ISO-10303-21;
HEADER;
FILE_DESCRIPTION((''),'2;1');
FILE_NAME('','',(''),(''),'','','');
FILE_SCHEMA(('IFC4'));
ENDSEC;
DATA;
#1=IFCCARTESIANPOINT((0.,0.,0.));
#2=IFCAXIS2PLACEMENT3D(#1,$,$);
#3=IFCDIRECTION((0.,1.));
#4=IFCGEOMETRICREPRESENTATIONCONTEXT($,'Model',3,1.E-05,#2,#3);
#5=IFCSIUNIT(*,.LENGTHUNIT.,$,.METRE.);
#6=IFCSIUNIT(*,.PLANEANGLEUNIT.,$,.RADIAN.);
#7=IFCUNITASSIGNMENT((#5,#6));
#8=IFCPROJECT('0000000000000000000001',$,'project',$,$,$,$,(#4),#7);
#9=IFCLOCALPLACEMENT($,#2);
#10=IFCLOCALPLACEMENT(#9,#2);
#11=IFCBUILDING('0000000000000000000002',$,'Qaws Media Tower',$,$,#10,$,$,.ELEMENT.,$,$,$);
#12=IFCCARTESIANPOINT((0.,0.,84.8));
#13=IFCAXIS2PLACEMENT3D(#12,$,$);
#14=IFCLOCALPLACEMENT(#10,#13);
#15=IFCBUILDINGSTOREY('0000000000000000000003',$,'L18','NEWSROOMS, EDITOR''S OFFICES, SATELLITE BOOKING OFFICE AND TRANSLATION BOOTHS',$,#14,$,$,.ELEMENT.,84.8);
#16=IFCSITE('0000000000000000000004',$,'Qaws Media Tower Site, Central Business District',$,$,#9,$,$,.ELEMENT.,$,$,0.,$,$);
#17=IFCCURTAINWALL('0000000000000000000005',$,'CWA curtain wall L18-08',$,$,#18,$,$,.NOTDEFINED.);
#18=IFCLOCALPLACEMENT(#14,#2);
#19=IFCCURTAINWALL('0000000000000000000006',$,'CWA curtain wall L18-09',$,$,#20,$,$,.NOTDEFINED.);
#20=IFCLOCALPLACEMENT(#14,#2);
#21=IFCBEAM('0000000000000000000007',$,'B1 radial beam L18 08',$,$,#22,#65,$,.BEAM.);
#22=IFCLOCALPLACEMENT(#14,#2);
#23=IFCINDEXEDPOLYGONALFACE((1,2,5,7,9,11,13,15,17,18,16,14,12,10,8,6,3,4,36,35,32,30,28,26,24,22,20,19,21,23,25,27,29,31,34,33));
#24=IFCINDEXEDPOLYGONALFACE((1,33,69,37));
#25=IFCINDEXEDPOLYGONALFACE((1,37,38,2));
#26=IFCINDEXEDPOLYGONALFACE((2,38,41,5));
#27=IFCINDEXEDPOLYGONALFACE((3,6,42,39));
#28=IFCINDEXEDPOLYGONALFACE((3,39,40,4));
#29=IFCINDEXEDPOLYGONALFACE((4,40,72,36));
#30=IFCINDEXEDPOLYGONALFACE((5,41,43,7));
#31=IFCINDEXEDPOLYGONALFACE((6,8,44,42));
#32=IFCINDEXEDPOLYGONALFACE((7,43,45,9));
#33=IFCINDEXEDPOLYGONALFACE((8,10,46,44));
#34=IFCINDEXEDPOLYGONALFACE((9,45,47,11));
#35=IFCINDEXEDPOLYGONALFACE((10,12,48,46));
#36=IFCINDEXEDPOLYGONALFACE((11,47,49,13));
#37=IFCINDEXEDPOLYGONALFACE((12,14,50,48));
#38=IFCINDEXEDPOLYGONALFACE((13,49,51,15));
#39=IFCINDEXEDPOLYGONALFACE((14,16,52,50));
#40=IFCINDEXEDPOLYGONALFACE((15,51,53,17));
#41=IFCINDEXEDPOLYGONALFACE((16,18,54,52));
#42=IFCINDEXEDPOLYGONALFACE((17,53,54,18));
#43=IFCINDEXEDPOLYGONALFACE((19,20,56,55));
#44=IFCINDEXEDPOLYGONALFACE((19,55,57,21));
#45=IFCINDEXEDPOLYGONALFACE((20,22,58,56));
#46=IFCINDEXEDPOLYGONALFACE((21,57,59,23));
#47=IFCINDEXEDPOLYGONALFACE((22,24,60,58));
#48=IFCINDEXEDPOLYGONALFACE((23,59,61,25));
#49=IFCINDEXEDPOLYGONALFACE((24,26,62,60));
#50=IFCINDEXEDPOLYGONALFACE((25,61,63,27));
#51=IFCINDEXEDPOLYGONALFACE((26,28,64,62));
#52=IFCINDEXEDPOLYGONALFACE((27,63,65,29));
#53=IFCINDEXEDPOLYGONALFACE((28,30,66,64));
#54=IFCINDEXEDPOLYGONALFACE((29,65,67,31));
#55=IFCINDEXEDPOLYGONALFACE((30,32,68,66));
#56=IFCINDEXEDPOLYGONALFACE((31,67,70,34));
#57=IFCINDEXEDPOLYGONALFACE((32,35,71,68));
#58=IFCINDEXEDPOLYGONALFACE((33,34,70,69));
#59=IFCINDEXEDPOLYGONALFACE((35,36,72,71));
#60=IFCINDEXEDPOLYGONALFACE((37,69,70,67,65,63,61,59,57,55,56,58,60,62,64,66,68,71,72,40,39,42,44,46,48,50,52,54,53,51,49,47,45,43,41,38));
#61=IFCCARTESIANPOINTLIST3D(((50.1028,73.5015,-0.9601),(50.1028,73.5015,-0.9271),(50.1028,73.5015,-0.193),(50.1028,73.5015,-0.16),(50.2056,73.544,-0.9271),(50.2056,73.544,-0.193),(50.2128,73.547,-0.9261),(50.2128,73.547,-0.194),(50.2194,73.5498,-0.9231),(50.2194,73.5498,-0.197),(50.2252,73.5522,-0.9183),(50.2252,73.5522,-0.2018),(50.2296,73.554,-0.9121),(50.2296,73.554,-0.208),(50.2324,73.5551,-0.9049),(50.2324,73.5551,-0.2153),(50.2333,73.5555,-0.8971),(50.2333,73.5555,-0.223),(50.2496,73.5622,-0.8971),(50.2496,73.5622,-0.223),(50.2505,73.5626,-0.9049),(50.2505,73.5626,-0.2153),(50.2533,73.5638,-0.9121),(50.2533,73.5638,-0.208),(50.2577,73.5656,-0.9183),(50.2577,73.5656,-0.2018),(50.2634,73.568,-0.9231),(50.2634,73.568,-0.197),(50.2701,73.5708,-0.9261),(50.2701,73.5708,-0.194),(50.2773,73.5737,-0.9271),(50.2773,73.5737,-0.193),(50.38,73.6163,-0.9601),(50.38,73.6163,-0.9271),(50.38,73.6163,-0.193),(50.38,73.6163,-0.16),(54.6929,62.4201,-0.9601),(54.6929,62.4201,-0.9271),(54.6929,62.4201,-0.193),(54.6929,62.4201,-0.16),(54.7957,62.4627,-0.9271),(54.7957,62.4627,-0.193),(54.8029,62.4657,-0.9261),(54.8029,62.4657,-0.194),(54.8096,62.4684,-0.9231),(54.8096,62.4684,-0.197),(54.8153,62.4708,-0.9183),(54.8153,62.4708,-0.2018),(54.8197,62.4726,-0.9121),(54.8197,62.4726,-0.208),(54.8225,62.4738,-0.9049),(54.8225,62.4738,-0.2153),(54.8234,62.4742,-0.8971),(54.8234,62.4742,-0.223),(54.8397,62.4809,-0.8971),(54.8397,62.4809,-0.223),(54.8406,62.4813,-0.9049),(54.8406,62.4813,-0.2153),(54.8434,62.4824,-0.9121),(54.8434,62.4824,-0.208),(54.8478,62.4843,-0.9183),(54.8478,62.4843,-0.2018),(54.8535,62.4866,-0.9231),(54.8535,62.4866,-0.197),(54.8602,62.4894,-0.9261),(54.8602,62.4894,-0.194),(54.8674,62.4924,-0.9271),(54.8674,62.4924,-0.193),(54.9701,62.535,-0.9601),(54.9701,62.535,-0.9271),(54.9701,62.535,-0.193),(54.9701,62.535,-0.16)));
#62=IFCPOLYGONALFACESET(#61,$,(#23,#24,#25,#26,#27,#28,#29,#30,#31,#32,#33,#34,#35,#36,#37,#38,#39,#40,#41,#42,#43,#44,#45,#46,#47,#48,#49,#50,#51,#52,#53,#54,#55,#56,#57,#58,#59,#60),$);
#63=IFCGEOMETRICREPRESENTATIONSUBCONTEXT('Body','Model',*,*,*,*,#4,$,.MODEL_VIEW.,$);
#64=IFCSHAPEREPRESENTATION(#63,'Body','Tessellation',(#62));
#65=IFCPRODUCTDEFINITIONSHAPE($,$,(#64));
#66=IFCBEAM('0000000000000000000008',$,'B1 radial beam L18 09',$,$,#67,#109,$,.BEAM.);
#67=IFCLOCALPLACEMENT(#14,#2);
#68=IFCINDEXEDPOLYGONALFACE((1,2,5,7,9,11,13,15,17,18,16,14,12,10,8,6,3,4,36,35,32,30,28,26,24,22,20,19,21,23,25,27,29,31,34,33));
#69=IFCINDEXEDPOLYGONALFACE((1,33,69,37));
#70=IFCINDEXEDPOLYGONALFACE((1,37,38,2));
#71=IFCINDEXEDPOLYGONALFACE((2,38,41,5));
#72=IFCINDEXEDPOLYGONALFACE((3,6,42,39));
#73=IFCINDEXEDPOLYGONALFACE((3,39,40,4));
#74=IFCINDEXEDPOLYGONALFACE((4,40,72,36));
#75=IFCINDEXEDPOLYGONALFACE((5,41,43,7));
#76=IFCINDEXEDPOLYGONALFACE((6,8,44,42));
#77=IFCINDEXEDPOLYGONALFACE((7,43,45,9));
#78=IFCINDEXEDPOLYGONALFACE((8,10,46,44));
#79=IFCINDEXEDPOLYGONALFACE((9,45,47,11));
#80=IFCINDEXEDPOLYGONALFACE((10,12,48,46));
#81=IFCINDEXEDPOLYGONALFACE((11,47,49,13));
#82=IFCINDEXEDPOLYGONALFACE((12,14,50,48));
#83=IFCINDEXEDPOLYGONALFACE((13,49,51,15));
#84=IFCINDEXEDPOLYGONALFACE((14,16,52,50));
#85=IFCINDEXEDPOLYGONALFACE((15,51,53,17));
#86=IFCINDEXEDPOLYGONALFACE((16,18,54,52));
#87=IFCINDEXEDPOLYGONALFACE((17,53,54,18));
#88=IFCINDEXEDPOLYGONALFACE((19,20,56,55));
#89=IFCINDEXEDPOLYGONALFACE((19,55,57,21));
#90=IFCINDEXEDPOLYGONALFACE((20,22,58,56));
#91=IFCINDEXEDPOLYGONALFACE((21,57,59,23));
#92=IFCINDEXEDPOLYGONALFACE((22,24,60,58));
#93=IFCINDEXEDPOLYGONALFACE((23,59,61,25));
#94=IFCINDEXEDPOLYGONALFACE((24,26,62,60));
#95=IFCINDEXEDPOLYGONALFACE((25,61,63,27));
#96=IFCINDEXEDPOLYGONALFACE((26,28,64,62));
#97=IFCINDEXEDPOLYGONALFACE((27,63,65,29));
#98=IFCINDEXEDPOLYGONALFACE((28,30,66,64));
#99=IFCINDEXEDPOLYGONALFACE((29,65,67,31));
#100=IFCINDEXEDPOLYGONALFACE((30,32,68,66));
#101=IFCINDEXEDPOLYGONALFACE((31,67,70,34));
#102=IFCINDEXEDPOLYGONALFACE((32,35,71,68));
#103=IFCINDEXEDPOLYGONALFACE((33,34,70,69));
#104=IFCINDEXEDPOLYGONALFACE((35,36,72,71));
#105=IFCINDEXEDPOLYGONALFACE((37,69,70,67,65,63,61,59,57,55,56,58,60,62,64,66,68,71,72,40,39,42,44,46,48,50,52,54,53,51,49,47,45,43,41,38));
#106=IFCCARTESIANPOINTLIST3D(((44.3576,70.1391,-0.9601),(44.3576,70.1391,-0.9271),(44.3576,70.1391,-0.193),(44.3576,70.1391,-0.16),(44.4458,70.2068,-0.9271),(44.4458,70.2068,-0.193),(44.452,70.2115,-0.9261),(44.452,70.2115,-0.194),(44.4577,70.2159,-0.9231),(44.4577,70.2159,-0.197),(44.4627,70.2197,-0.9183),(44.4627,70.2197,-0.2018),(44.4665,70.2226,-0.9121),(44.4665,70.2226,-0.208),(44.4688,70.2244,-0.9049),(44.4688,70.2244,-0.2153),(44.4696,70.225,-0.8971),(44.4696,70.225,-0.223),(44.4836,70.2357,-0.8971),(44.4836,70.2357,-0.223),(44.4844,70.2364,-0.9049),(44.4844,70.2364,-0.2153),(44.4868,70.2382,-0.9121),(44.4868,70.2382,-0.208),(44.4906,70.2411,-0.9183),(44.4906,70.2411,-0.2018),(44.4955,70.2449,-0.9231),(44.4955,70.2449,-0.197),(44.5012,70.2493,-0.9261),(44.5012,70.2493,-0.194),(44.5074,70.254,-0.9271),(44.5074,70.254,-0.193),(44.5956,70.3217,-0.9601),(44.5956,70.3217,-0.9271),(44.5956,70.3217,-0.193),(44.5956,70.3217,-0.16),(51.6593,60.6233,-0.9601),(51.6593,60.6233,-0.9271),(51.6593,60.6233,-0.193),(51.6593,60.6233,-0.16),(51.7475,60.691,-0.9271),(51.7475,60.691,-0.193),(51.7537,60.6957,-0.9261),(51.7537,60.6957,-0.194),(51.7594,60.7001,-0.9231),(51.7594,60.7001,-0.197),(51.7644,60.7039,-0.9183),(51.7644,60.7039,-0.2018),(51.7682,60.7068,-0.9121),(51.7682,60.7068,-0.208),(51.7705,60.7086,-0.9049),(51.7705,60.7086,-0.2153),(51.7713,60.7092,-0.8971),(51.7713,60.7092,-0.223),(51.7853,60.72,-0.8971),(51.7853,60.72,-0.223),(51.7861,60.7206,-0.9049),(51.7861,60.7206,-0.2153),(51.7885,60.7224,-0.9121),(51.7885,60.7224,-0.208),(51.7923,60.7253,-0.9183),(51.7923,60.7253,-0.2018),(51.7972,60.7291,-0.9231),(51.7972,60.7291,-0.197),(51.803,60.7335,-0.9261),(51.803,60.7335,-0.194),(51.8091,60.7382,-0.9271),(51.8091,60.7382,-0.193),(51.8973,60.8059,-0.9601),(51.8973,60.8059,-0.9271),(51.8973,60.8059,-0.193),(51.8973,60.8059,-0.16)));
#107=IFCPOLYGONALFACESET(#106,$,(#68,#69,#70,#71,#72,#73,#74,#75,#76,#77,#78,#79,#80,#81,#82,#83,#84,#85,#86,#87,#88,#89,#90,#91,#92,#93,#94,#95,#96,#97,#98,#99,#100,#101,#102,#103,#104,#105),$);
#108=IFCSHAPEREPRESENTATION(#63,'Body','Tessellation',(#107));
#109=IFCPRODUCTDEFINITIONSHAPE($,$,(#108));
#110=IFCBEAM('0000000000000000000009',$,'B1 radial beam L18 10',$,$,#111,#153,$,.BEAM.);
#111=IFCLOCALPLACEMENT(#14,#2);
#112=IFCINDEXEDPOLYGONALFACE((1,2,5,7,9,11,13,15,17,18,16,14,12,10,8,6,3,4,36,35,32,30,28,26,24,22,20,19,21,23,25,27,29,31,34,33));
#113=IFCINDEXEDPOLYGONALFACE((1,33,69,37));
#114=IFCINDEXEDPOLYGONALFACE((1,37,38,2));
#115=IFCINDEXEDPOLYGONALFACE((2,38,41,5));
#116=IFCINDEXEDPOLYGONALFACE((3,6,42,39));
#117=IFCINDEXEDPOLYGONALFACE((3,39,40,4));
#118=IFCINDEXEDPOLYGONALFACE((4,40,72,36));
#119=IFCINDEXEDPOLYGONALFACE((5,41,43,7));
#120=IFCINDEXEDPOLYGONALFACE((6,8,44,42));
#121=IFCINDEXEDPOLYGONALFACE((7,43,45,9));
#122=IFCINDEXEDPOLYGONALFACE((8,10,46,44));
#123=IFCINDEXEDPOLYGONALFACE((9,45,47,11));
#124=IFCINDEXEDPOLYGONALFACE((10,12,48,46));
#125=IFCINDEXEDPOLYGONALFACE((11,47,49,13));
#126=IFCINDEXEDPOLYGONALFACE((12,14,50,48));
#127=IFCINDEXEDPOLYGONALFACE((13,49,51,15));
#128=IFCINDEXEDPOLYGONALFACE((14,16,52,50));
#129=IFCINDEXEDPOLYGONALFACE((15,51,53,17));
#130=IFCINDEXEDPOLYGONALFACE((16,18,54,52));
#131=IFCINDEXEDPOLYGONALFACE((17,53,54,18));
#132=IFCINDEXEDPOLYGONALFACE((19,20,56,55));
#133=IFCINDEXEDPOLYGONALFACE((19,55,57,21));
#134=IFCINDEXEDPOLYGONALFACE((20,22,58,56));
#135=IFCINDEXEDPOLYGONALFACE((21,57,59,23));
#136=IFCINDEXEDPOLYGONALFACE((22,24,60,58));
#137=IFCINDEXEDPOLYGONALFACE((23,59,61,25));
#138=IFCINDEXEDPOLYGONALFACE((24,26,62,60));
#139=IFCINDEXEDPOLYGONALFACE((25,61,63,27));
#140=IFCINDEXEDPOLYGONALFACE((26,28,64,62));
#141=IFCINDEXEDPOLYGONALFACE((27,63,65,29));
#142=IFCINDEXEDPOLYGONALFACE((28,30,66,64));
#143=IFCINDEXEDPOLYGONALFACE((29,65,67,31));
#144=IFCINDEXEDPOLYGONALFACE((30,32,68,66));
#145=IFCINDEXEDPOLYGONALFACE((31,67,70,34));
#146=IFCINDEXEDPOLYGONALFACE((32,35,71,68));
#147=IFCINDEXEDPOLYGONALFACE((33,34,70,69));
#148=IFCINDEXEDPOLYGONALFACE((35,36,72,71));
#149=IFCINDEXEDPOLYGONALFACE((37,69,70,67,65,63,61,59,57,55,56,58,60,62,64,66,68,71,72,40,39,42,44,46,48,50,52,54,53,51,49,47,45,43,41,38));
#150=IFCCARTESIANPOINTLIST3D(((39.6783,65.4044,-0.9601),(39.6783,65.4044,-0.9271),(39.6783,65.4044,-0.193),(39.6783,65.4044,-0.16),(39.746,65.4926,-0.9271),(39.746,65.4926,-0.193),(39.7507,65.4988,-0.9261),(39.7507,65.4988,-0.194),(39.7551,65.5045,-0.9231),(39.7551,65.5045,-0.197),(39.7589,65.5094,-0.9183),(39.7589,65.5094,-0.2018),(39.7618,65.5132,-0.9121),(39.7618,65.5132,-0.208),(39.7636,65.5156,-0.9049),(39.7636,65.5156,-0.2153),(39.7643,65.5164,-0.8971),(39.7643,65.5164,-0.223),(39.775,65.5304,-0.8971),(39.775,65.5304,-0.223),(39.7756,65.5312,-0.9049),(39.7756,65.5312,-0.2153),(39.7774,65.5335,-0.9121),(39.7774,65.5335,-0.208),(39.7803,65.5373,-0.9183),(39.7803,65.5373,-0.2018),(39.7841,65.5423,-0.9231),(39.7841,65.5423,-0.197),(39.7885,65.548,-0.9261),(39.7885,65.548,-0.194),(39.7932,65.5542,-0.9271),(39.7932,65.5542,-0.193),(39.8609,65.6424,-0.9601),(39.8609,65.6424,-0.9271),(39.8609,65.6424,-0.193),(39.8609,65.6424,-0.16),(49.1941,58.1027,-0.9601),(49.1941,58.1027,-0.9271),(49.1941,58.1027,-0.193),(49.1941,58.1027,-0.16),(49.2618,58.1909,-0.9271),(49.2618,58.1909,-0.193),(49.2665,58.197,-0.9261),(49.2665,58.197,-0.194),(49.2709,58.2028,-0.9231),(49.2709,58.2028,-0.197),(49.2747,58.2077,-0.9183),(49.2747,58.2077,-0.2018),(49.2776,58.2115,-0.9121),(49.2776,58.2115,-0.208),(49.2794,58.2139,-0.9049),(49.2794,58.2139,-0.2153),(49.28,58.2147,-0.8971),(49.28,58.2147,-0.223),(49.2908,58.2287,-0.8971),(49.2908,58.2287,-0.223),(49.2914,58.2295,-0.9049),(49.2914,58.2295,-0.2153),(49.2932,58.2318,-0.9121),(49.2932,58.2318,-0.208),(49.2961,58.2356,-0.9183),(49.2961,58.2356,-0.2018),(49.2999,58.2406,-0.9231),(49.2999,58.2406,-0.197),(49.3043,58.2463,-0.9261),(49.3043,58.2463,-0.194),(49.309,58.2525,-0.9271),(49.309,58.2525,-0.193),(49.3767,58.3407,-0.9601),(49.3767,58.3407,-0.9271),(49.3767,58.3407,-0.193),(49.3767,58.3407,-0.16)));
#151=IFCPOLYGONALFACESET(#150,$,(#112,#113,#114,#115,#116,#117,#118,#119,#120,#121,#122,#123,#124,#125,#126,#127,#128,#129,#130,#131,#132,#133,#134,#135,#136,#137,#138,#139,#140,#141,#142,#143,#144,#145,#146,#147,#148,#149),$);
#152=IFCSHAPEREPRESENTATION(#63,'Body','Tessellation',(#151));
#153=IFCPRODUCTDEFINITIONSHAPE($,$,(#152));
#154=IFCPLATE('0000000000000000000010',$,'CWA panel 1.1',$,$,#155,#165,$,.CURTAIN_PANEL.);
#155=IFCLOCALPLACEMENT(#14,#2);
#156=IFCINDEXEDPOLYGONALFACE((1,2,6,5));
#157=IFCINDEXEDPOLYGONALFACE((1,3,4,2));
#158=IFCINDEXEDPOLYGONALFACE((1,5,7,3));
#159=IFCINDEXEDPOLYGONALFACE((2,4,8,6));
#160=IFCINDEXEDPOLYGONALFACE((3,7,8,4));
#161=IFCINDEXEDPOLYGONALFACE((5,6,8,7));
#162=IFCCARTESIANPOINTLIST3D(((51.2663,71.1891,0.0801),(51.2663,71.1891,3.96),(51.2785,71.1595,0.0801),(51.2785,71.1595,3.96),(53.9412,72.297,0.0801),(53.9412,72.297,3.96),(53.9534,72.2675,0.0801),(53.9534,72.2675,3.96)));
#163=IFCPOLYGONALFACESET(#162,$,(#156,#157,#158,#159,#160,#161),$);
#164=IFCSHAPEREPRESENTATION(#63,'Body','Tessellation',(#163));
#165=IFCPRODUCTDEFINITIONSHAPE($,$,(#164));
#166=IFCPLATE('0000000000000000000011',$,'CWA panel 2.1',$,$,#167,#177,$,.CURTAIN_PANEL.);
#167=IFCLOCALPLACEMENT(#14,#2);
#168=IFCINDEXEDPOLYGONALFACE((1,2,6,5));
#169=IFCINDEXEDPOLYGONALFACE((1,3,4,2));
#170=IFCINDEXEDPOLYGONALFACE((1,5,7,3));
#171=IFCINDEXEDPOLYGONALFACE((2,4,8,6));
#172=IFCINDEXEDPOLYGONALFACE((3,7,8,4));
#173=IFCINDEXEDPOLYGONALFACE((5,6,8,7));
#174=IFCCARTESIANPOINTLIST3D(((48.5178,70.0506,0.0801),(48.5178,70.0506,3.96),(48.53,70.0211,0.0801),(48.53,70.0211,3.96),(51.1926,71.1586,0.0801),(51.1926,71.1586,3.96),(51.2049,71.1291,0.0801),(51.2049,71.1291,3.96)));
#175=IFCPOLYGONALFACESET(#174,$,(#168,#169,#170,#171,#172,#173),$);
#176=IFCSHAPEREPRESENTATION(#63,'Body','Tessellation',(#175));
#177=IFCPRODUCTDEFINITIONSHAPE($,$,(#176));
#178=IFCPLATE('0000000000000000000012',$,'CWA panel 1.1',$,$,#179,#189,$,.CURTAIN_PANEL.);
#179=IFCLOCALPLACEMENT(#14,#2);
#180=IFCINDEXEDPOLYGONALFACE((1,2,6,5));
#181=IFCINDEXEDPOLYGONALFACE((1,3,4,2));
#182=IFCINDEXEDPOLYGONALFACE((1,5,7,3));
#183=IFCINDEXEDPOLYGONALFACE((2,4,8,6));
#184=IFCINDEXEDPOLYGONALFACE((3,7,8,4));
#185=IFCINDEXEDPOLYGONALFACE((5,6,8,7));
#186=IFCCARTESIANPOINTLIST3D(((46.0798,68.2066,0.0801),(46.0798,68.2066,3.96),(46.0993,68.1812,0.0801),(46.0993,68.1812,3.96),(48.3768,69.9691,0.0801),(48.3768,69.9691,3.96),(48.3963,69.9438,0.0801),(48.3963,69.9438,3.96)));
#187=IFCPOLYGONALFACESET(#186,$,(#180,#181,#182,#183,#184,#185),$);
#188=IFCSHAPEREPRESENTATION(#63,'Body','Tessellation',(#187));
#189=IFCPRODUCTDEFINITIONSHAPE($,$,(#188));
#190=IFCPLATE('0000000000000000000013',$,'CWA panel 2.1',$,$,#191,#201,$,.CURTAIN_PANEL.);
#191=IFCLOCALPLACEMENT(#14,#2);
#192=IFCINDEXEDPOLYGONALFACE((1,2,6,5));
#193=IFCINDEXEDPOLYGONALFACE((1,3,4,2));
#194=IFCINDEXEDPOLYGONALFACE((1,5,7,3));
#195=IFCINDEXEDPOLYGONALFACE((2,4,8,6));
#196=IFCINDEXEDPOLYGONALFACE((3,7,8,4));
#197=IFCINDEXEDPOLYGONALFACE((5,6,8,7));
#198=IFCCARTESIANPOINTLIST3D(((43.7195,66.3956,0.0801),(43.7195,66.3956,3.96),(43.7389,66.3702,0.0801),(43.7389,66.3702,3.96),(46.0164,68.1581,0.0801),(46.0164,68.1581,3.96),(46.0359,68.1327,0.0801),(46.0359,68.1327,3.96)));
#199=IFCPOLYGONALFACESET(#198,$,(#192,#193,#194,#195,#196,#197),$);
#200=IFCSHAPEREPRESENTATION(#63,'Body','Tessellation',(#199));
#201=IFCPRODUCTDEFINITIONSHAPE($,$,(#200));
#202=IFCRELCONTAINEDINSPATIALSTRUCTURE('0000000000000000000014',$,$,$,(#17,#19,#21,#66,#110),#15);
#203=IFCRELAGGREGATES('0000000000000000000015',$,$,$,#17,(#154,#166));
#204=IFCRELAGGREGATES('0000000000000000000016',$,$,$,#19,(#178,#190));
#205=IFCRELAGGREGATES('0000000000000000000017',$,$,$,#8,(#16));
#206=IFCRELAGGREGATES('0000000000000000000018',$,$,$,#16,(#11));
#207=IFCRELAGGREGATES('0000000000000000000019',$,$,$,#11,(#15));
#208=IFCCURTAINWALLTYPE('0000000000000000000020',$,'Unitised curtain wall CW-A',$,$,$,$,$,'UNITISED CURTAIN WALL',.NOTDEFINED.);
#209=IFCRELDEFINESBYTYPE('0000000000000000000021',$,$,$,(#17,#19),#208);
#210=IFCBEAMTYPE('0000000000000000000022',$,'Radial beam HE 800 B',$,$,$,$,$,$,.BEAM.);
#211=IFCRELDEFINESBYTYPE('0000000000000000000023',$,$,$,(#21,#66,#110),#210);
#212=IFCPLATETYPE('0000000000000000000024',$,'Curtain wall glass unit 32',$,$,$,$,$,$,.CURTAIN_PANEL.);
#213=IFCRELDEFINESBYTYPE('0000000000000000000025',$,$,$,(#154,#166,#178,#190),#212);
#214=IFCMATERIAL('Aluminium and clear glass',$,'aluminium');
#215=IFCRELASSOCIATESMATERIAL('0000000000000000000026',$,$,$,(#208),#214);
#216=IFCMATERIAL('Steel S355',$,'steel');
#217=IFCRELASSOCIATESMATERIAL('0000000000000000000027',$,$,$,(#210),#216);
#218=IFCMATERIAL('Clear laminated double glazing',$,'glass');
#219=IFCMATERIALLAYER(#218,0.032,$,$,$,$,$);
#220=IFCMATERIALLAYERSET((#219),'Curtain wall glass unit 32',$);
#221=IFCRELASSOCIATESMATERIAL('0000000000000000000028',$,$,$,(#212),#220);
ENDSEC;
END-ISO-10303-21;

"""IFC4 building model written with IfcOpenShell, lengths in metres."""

from ifc_helpers import new_model, si_unit, direction, frame, origin, origin_2d, place, context, subcontext, project, spatial, rectangle, i_section, extrude, material, layer, layer_set, material_profile, profile_set, type_object, element, aggregate, save


model = new_model("IFC4")

# Units and contexts
model_context = context("Model", 3, precision=1e-05, world=origin(), true_north=direction((0.0, 1.0)))
body_context = subcontext(model_context, "Body", "Model", "MODEL_VIEW")
ifc_project = project(units=[si_unit("LENGTHUNIT", "METRE"), si_unit("PLANEANGLEUNIT", "RADIAN")], contexts=[model_context])

# Site, building, storey
site_placement = place(None, origin())
site = spatial("IfcSite", under=ifc_project, at=site_placement, Name="Qaws Media Tower Site, Central Business District", CompositionType="ELEMENT", RefElevation=0.0)
building_placement = place(site_placement, origin())
building = spatial("IfcBuilding", under=site, at=building_placement, Name="Qaws Media Tower", CompositionType="ELEMENT")
storey_placement = place(building_placement, frame((0.0, 0.0, 84.8)))
storey = spatial("IfcBuildingStorey", under=building, at=storey_placement, Name="L18", Description="NEWSROOMS, EDITOR'S OFFICES, SATELLITE BOOKING OFFICE AND TRANSLATION BOOTHS", CompositionType="ELEMENT", Elevation=84.8)

# Curtain walls
ifc_material_1 = material(Name="Aluminium and clear glass", Category="aluminium")
curtain_wall_type = type_object("IfcCurtainWallType", Name="Unitised curtain wall CW-A", ElementType="UNITISED CURTAIN WALL", PredefinedType="NOTDEFINED", material=ifc_material_1)
curtain_wall_1_placement = place(storey_placement, origin())
curtain_wall_1 = element("IfcCurtainWall", 1, at=curtain_wall_1_placement, inside=storey, type_object=curtain_wall_type, Name="CWA curtain wall L18-08", PredefinedType="NOTDEFINED")
curtain_wall_2_placement = place(storey_placement, origin())
curtain_wall_2 = element("IfcCurtainWall", 2, at=curtain_wall_2_placement, inside=storey, type_object=curtain_wall_type, Name="CWA curtain wall L18-09", PredefinedType="NOTDEFINED")

# Beams
ifc_material_2 = material(Name="Steel S355", Category="steel")
ifc_material_profile_1 = material_profile(ifc_material_2, i_section(OverallWidth=0.3, OverallDepth=0.8, WebThickness=0.0176, FlangeThickness=0.033, FilletRadius=0.03, at=origin_2d()), Name="HE 800 B")
ifc_profile_set_1 = profile_set([ifc_material_profile_1], Name="Steel S355")
beam_type_1 = type_object("IfcBeamType", Name="Radial beam HE 800 B", PredefinedType="BEAM", material=ifc_profile_set_1)
for number, where, z_axis, x_axis, name in (
    (3, (54.8315, 62.4775, -0.5601), (-0.382688, 0.923878, 0.0), (-0.923878, -0.382688, 0.0), "B1 radial beam L18 08"),
    (4, (51.7783, 60.7146, -0.5601), (-0.60876, 0.793354, 0.0), (-0.793354, -0.60876, 0.0), "B1 radial beam L18 09"),
    (5, (49.2854, 58.2217, -0.5601), (-0.793354, 0.60876, 0.0), (-0.60876, -0.793354, 0.0), "B1 radial beam L18 10"),
):
    element("IfcBeam", number, at=place(storey_placement, frame(where, z_axis=z_axis, x_axis=x_axis)), inside=storey, type_object=beam_type_1, Name=name, PredefinedType="BEAM", context=body_context, shape_type="SweptSolid", body=[
        extrude(i_section(OverallWidth=0.3, OverallDepth=0.8, WebThickness=0.0176, FlangeThickness=0.033, FilletRadius=0.03, at=origin_2d()), origin(), (0.0, 0.0, 1.0), 11.9944),
    ])

# Plates
ifc_material_3 = material(Name="Clear laminated double glazing", Category="glass")
ifc_layer_1 = layer(ifc_material_3, 0.032)
ifc_layer_set_1 = layer_set([ifc_layer_1], Name="Curtain wall glass unit 32")
plate_type_1 = type_object("IfcPlateType", Name="Curtain wall glass unit 32", PredefinedType="CURTAIN_PANEL", material=ifc_layer_set_1)
plate_1_placement = place(storey_placement, frame((52.6099, 71.7283, 0.0801), z_axis=(0.0, 0.0, 1.0), x_axis=(-0.92388, -0.382683, 0.0)))
plate_1 = element("IfcPlate", 6, at=plate_1_placement, type_object=plate_type_1, Name="CWA panel 1.1", PredefinedType="CURTAIN_PANEL", context=body_context, shape_type="SweptSolid", body=[
    extrude(rectangle(XDim=2.8953, YDim=0.032, at=origin_2d()), origin(), (0.0, 0.0, 1.0), 3.8799),
])
plate_2_placement = place(storey_placement, frame((49.8613, 70.5898, 0.0801), z_axis=(0.0, 0.0, 1.0), x_axis=(-0.92388, -0.382683, 0.0)))
plate_2 = element("IfcPlate", 7, at=plate_2_placement, type_object=plate_type_1, Name="CWA panel 2.1", PredefinedType="CURTAIN_PANEL", context=body_context, shape_type="SweptSolid", body=[
    extrude(rectangle(XDim=2.8953, YDim=0.032, at=origin_2d()), origin(), (0.0, 0.0, 1.0), 3.8799),
])
aggregate(curtain_wall_1, [plate_1, plate_2])
plate_3_placement = place(storey_placement, frame((47.238, 69.0752, 0.0801), z_axis=(0.0, 0.0, 1.0), x_axis=(-0.793353, -0.608761, 0.0)))
plate_3 = element("IfcPlate", 8, at=plate_3_placement, type_object=plate_type_1, Name="CWA panel 1.1", PredefinedType="CURTAIN_PANEL", context=body_context, shape_type="SweptSolid", body=[
    extrude(rectangle(XDim=2.8953, YDim=0.032, at=origin_2d()), origin(), (0.0, 0.0, 1.0), 3.8799),
])
plate_4_placement = place(storey_placement, frame((44.8777, 67.2642, 0.0801), z_axis=(0.0, 0.0, 1.0), x_axis=(-0.793353, -0.608761, 0.0)))
plate_4 = element("IfcPlate", 9, at=plate_4_placement, type_object=plate_type_1, Name="CWA panel 2.1", PredefinedType="CURTAIN_PANEL", context=body_context, shape_type="SweptSolid", body=[
    extrude(rectangle(XDim=2.8953, YDim=0.032, at=origin_2d()), origin(), (0.0, 0.0, 1.0), 3.8799),
])
aggregate(curtain_wall_2, [plate_3, plate_4])

save(model, "model.ifc")
